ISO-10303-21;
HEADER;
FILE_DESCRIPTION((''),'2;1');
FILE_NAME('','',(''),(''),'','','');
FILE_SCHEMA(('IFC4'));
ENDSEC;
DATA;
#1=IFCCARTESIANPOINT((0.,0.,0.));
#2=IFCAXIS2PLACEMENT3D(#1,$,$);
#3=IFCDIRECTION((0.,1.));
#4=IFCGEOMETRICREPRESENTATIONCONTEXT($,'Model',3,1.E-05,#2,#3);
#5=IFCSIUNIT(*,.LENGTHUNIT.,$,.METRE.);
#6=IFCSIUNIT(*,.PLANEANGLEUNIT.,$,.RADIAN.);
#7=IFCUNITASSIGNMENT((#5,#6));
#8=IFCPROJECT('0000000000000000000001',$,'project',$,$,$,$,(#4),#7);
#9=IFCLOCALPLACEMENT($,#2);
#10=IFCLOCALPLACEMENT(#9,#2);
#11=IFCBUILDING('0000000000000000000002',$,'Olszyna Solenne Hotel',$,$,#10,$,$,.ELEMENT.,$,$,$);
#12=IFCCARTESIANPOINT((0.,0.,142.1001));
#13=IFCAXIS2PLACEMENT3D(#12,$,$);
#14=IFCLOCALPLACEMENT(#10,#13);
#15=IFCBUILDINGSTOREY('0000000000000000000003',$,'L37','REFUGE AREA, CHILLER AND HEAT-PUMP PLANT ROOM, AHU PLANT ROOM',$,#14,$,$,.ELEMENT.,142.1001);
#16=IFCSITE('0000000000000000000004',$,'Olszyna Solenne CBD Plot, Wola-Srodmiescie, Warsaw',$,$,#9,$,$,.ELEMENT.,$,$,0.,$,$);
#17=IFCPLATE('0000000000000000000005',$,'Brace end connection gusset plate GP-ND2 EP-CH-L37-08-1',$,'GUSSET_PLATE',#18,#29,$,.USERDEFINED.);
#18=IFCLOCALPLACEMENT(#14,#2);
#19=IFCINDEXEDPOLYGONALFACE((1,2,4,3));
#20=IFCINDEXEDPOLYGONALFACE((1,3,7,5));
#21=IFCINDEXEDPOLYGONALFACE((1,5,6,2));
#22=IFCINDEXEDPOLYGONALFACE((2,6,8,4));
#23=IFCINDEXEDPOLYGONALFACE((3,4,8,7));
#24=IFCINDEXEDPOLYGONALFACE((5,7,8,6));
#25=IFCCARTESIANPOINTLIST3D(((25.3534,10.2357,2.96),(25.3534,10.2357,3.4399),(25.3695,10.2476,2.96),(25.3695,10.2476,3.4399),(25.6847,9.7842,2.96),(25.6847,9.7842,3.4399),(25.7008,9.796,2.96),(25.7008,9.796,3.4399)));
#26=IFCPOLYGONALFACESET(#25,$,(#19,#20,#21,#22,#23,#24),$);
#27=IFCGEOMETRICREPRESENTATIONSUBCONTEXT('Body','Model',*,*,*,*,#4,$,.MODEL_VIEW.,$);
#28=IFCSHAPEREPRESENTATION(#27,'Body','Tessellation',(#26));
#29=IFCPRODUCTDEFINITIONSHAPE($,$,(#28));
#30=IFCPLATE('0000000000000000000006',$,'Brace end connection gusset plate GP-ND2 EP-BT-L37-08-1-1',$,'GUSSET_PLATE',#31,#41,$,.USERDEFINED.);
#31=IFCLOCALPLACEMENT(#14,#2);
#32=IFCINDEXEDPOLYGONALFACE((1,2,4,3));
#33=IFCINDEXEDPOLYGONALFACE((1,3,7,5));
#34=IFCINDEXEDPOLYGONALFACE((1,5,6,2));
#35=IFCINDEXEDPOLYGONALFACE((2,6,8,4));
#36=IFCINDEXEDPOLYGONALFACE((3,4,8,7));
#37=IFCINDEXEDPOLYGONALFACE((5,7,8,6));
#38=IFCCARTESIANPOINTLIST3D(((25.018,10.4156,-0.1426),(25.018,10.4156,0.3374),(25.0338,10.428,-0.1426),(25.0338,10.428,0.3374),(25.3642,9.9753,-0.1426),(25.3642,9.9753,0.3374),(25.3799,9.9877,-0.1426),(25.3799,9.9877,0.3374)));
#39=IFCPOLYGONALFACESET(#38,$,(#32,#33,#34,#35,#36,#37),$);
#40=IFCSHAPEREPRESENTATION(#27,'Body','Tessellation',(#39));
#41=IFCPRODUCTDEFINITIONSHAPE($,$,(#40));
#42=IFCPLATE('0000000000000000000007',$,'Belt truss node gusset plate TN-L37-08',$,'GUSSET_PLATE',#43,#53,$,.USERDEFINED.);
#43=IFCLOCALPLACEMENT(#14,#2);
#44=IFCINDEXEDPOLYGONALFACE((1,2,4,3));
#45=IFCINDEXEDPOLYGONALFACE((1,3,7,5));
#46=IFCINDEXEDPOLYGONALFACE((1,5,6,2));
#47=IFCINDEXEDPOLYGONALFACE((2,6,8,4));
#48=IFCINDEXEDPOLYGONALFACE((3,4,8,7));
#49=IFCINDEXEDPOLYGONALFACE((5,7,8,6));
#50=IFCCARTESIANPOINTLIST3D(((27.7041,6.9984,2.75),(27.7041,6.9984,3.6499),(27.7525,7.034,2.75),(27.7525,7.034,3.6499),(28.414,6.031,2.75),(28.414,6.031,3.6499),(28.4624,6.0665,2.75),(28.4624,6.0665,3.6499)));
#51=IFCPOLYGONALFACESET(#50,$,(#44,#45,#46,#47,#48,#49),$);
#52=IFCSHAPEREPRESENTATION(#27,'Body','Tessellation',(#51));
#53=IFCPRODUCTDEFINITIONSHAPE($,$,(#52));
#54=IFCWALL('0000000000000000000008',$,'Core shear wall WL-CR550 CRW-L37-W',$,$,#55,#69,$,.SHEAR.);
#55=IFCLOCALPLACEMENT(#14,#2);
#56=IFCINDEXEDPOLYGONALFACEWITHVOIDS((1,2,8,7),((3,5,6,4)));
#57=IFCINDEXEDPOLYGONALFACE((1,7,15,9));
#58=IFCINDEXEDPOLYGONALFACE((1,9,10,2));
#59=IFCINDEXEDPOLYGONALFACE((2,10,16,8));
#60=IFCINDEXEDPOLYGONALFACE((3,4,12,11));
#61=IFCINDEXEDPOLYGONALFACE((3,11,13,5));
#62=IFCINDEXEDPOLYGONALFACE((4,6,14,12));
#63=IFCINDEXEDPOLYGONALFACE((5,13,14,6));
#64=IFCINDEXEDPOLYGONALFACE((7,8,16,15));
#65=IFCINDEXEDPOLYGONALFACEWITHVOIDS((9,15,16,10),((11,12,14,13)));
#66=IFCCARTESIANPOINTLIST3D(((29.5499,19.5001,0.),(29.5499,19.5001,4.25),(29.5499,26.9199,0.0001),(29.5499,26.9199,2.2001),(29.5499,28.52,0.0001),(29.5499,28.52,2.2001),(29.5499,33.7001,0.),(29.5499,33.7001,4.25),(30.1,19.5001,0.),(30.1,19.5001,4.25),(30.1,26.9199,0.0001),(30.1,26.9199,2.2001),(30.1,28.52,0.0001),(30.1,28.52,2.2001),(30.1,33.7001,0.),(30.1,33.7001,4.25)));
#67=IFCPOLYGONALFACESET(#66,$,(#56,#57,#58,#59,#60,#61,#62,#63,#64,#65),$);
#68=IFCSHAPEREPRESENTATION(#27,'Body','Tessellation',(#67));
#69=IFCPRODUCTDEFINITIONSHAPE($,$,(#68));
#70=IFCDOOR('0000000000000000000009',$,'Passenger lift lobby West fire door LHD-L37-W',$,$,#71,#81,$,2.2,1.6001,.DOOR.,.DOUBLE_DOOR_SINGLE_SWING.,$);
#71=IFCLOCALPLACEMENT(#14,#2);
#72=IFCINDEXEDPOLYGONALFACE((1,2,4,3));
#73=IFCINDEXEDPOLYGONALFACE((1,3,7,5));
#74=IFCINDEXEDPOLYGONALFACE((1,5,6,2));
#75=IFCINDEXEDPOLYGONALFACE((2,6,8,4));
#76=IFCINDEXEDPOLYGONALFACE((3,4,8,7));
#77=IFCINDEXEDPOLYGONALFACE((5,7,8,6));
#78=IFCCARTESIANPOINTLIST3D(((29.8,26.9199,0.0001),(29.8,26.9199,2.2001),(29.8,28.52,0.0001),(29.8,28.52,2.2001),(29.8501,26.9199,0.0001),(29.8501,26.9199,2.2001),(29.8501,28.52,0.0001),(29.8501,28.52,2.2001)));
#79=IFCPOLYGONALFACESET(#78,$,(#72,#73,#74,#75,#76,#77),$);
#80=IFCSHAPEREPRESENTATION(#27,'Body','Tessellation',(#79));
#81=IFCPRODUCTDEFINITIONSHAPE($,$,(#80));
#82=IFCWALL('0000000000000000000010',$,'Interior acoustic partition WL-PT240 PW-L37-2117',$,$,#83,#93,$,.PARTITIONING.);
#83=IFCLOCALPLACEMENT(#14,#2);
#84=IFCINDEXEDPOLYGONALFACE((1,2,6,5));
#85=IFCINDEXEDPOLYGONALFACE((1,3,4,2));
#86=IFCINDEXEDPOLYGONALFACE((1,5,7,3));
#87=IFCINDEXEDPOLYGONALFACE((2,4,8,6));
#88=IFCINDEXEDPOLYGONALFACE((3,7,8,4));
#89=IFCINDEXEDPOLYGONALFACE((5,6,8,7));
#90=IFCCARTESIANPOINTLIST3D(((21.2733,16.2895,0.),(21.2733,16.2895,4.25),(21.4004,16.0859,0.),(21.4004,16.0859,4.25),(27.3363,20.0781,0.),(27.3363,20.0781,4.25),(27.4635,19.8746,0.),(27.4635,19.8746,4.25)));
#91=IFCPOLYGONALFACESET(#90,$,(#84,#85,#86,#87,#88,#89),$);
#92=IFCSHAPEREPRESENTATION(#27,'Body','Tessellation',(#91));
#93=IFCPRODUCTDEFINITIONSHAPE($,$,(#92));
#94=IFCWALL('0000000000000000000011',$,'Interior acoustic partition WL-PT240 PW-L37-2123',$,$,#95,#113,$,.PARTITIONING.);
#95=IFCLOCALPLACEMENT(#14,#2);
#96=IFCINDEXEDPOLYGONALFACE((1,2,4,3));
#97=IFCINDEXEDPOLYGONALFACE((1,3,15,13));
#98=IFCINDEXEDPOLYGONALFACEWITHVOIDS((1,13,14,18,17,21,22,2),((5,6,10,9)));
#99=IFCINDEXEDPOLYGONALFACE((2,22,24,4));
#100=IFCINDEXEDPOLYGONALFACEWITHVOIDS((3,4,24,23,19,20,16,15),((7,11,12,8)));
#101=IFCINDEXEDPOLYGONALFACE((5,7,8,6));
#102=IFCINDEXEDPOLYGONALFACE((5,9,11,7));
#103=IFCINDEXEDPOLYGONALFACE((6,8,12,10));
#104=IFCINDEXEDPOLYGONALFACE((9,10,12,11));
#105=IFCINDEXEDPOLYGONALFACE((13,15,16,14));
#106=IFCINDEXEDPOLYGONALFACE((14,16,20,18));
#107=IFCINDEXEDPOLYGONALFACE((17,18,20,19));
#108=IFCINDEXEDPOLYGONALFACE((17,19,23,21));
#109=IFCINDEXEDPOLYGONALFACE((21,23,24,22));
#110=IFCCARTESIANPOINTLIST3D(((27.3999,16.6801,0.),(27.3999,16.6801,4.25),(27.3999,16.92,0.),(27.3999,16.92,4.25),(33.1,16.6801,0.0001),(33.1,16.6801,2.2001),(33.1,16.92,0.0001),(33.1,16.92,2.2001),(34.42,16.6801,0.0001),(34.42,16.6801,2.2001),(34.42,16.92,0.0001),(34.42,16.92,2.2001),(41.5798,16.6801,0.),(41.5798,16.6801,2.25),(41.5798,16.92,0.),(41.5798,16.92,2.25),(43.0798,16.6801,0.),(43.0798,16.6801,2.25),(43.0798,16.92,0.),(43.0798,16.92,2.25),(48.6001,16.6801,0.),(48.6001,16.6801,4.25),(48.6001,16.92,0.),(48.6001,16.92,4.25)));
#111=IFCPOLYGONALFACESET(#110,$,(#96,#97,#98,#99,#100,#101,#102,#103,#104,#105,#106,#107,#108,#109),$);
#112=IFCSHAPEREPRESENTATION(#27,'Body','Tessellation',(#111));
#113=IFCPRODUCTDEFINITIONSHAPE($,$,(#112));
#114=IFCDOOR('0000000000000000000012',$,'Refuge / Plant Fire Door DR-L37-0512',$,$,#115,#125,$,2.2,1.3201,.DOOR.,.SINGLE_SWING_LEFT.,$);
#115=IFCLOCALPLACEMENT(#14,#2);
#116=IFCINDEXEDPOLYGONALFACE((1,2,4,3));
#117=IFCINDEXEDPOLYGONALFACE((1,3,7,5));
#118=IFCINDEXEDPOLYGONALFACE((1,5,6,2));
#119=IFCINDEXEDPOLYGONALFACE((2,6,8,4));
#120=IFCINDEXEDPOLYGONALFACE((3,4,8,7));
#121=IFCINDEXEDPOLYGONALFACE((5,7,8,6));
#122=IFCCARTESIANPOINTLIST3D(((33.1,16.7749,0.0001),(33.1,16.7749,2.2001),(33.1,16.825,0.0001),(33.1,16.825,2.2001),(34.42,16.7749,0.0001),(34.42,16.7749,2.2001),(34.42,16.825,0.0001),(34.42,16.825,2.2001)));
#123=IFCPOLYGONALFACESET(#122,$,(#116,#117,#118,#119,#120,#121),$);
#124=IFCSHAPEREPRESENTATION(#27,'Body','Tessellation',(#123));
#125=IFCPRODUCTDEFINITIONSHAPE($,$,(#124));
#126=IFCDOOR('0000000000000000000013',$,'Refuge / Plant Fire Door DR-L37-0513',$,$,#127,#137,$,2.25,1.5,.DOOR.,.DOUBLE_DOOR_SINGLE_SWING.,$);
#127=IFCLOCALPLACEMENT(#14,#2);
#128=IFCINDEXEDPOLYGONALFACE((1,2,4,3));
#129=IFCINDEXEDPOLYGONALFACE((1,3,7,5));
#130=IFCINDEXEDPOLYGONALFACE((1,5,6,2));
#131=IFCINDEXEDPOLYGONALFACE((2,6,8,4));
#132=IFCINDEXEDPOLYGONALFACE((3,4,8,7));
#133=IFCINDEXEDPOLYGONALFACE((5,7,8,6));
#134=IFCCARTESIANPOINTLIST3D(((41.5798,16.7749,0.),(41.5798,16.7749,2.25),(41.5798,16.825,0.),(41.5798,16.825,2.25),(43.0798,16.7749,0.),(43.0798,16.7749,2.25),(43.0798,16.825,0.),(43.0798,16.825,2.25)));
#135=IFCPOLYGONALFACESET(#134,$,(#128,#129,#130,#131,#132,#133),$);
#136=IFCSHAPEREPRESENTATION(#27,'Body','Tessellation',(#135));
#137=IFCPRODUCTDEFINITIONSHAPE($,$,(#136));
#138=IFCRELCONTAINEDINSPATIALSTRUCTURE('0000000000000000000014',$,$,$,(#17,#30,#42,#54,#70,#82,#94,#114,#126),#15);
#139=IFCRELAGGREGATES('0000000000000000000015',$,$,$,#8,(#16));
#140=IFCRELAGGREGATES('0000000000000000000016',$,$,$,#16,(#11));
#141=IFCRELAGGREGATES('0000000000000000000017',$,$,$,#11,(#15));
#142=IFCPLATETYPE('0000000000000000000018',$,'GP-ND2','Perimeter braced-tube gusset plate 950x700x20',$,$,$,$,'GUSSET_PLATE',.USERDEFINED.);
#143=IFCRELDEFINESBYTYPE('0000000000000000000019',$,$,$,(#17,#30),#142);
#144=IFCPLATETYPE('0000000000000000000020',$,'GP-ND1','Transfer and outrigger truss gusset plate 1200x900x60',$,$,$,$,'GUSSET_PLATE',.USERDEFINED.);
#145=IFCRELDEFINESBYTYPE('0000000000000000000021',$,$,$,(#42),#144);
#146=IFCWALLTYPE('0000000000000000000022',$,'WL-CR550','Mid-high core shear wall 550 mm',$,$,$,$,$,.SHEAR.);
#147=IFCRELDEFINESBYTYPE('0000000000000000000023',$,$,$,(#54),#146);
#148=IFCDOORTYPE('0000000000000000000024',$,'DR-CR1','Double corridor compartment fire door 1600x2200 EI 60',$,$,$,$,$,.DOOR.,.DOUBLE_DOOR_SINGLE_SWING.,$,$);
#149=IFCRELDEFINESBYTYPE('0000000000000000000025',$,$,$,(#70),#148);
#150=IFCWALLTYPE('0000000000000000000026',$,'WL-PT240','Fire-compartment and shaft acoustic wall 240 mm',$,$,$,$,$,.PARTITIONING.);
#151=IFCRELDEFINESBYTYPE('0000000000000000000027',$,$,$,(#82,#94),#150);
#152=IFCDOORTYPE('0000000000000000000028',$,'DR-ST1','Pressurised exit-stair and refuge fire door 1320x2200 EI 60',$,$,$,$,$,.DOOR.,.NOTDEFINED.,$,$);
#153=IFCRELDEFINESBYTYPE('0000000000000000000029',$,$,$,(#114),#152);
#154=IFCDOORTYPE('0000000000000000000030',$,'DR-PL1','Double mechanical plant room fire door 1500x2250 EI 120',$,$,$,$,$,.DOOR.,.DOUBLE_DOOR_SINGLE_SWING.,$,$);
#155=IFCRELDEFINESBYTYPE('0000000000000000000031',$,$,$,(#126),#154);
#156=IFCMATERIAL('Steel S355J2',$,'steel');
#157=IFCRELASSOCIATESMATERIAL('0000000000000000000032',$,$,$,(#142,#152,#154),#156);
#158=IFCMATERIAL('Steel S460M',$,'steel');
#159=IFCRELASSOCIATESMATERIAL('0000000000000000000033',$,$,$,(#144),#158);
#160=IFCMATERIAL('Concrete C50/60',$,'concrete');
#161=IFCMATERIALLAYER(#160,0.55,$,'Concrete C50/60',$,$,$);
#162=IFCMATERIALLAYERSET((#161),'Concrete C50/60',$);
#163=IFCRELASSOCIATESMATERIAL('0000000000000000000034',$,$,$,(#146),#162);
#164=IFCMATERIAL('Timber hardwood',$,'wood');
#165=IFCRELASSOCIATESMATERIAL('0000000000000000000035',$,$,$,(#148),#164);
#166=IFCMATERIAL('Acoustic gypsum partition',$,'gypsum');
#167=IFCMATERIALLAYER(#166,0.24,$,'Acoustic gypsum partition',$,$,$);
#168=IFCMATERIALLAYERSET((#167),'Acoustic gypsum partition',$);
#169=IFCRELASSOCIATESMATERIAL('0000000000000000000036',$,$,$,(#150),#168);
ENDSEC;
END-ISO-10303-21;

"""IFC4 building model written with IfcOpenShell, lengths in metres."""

from ifc_helpers import new_model, si_unit, direction, frame, frame_2d, origin, origin_2d, place, context, subcontext, project, spatial, rectangle, extrude, source, transform, mapped, material, layer, layer_set, type_object, type_shapes, element, fill, save


model = new_model("IFC4")

# Units and contexts
model_context = context("Model", 3, precision=1e-05, world=origin(), true_north=direction((0.0, 1.0)))
body_context = subcontext(model_context, "Body", "Model", "MODEL_VIEW")
ifc_project = project(units=[si_unit("LENGTHUNIT", "METRE"), si_unit("PLANEANGLEUNIT", "RADIAN")], contexts=[model_context])

# Site, building, storey
site_placement = place(None, origin())
site = spatial("IfcSite", under=ifc_project, at=site_placement, Name="Olszyna Solenne CBD Plot, Wola-Srodmiescie, Warsaw", CompositionType="ELEMENT", RefElevation=0.0)
building_placement = place(site_placement, origin())
building = spatial("IfcBuilding", under=site, at=building_placement, Name="Olszyna Solenne Hotel", CompositionType="ELEMENT")
storey_placement = place(building_placement, frame((0.0, 0.0, 142.1001)))
storey = spatial("IfcBuildingStorey", under=building, at=storey_placement, Name="L37", Description="REFUGE AREA, CHILLER AND HEAT-PUMP PLANT ROOM, AHU PLANT ROOM", CompositionType="ELEMENT", Elevation=142.1001)

# Shared definitions
ifc_material_1 = material(Name="Steel S460M", Category="steel")

# Shared definitions
ifc_material_2 = material(Name="Steel S355J2", Category="steel")

# Plates
plate_type_1 = type_object("IfcPlateType", Name="GP-ND2", Description="Perimeter braced-tube gusset plate 950x700x20", ElementType="GUSSET_PLATE", PredefinedType="USERDEFINED", material=ifc_material_2)
shared_shape_1 = source(origin(), body_context, "Body", "SweptSolid", [
    extrude(rectangle(XDim=0.5601, YDim=0.02, at=origin_2d()), origin(), (0.0, 0.0, 1.0), 0.48),
])
for number, where, z_axis, x_axis, name in (
    (1, (25.5271, 10.0159, 2.96), (0.0, 0.0, 1.0), (0.591591, -0.806238, 0.0), "Brace end connection gusset plate GP-ND2 EP-CH-L37-08-1"),
    (2, (25.199, 10.2017, -0.1426), (0.0, 0.0, 1.0), (0.617997, -0.786181, 0.0), "Brace end connection gusset plate GP-ND2 EP-BT-L37-08-1-1"),
):
    element("IfcPlate", number, at=place(storey_placement, frame(where, z_axis=z_axis, x_axis=x_axis)), inside=storey, type_object=plate_type_1, Name=name, ObjectType="GUSSET_PLATE", PredefinedType="USERDEFINED", context=body_context, shape_type="MappedRepresentation", body=[
        mapped(shared_shape_1, transform((0.0, 0.0, 0.0), x_axis=(1.0, 0.0, 0.0), y_axis=(0.0, 1.0, 0.0), z_axis=(0.0, 0.0, 1.0), scale=1.0)),
    ])
plate_type_2 = type_object("IfcPlateType", Name="GP-ND1", Description="Transfer and outrigger truss gusset plate 1200x900x60", ElementType="GUSSET_PLATE", PredefinedType="USERDEFINED", material=ifc_material_1)
shared_shape_2 = source(origin(), body_context, "Body", "SweptSolid", [
    extrude(rectangle(XDim=1.2, YDim=0.0601, at=origin_2d()), origin(), (0.0, 0.0, 1.0), 0.8999),
])
plate_placement = place(storey_placement, frame((28.0833, 6.5325, 2.75), z_axis=(0.0, 0.0, 1.0), x_axis=(0.591591, -0.806238, 0.0)))
element("IfcPlate", 3, at=plate_placement, inside=storey, type_object=plate_type_2, Name="Belt truss node gusset plate TN-L37-08", ObjectType="GUSSET_PLATE", PredefinedType="USERDEFINED", context=body_context, shape_type="MappedRepresentation", body=[
    mapped(shared_shape_2, transform((0.0, 0.0, 0.0), x_axis=(1.0, 0.0, 0.0), y_axis=(0.0, 1.0, 0.0), z_axis=(0.0, 0.0, 1.0), scale=1.0)),
])

# Wall, opening, door
ifc_material_3 = material(Name="Concrete C50/60", Category="concrete")
ifc_layer_1 = layer(ifc_material_3, 0.55, Name="Concrete C50/60")
ifc_layer_set_1 = layer_set([ifc_layer_1], Name="Concrete C50/60")
wall_type_1 = type_object("IfcWallType", Name="WL-CR550", Description="Mid-high core shear wall 550 mm", PredefinedType="SHEAR", material=ifc_layer_set_1)
wall_1_placement = place(storey_placement, frame((29.825, 19.5, 0.0), z_axis=(0.0, 0.0, 1.0), x_axis=(0.0, 1.0, 0.0)))
wall_1 = element("IfcWall", 4, at=wall_1_placement, inside=storey, type_object=wall_type_1, Name="Core shear wall WL-CR550 CRW-L37-W", PredefinedType="SHEAR", context=body_context, shape_type="SweptSolid", body=[
    extrude(rectangle(XDim=14.2, YDim=0.55, at=frame_2d((7.1001, 0.0))), origin(), (0.0, 0.0, 1.0), 4.25),
])
opening_1_placement = place(wall_1_placement, frame((7.4199, 0.0, 0.0)))
opening_1 = element("IfcOpeningElement", 5, at=opening_1_placement, cuts=wall_1, PredefinedType="OPENING", context=body_context, shape_type="SweptSolid", body=[
    extrude(rectangle(XDim=1.6001, YDim=2.2, at=frame_2d((0.8, 1.1001))), frame((0.0, 0.2852, 0.0), z_axis=(0.0, -1.0, 0.0), x_axis=(1.0, 0.0, 0.0)), (0.0, 0.0, 1.0), 0.5701),
])
ifc_material_4 = material(Name="Timber hardwood", Category="wood")
door_type_1 = type_object("IfcDoorType", Name="DR-CR1", Description="Double corridor compartment fire door 1600x2200 EI 60", OperationType="DOUBLE_DOOR_SINGLE_SWING", PredefinedType="DOOR", material=ifc_material_4)
shared_shape_3 = source(origin(), body_context, "Body", "SweptSolid", [
    extrude(rectangle(XDim=1.6001, YDim=2.2, at=frame_2d((0.8, 1.1001))), frame((0.0, 0.0249, 0.0), z_axis=(0.0, -1.0, 0.0), x_axis=(1.0, 0.0, 0.0)), (0.0, 0.0, 1.0), 0.05),
])
type_shapes(door_type_1, [shared_shape_3])
door_1_placement = place(opening_1_placement, origin())
door_1 = element("IfcDoor", 6, at=door_1_placement, inside=storey, type_object=door_type_1, Name="Passenger lift lobby West fire door LHD-L37-W", OperationType="DOUBLE_DOOR_SINGLE_SWING", OverallHeight=2.2, OverallWidth=1.6001, PredefinedType="DOOR", context=body_context, shape_type="MappedRepresentation", body=[
    mapped(shared_shape_3, transform((0.0, 0.0, 0.0), x_axis=(1.0, 0.0, 0.0), y_axis=(0.0, 1.0, 0.0), z_axis=(0.0, 0.0, 1.0), scale=1.0)),
])
fill(opening_1, door_1)

# Wall
ifc_material_5 = material(Name="Acoustic gypsum partition", Category="gypsum")
ifc_layer_2 = layer(ifc_material_5, 0.24, Name="Acoustic gypsum partition")
ifc_layer_set_2 = layer_set([ifc_layer_2], Name="Acoustic gypsum partition")
wall_type_2 = type_object("IfcWallType", Name="WL-PT240", Description="Fire-compartment and shaft acoustic wall 240 mm", PredefinedType="PARTITIONING", material=ifc_layer_set_2)
wall_2_placement = place(storey_placement, frame((27.3999, 19.9763, 0.0), z_axis=(0.0, 0.0, 1.0), x_axis=(-0.848048, -0.529919, 0.0)))
element("IfcWall", 7, at=wall_2_placement, inside=storey, type_object=wall_type_2, Name="Interior acoustic partition WL-PT240 PW-L37-2117", PredefinedType="PARTITIONING", context=body_context, shape_type="SweptSolid", body=[
    extrude(rectangle(XDim=7.1494, YDim=0.24, at=frame_2d((3.5747, 0.0))), origin(), (0.0, 0.0, 1.0), 4.25),
])

# Wall, openings, doors
wall_3_placement = place(storey_placement, frame((27.3999, 16.8, 0.0), z_axis=(0.0, 0.0, 1.0), x_axis=(1.0, 0.0, 0.0)))
wall_3 = element("IfcWall", 8, at=wall_3_placement, inside=storey, type_object=wall_type_2, Name="Interior acoustic partition WL-PT240 PW-L37-2123", PredefinedType="PARTITIONING", context=body_context, shape_type="SweptSolid", body=[
    extrude(rectangle(XDim=21.2002, YDim=0.24, at=frame_2d((10.6001, 0.0))), origin(), (0.0, 0.0, 1.0), 4.25),
])
opening_2_placement = place(wall_3_placement, frame((5.7, 0.0, 0.0)))
opening_2 = element("IfcOpeningElement", 9, at=opening_2_placement, cuts=wall_3, PredefinedType="OPENING", context=body_context, shape_type="SweptSolid", body=[
    extrude(rectangle(XDim=1.3201, YDim=2.2, at=frame_2d((0.6602, 1.1001))), frame((0.0, 0.1299, 0.0), z_axis=(0.0, -1.0, 0.0), x_axis=(1.0, 0.0, 0.0)), (0.0, 0.0, 1.0), 0.26),
])
opening_3_placement = place(wall_3_placement, frame((14.1799, 0.0, 0.0)))
opening_3 = element("IfcOpeningElement", 10, at=opening_3_placement, cuts=wall_3, PredefinedType="OPENING", context=body_context, shape_type="SweptSolid", body=[
    extrude(rectangle(XDim=1.5, YDim=2.25, at=frame_2d((0.75, 1.125))), frame((0.0, 0.1299, 0.0), z_axis=(0.0, -1.0, 0.0), x_axis=(1.0, 0.0, 0.0)), (0.0, 0.0, 1.0), 0.26),
])
door_type_2 = type_object("IfcDoorType", Name="DR-ST1", Description="Pressurised exit-stair and refuge fire door 1320x2200 EI 60", OperationType="NOTDEFINED", PredefinedType="DOOR", material=ifc_material_2)
shared_shape_4 = source(origin(), body_context, "Body", "SweptSolid", [
    extrude(rectangle(XDim=1.3201, YDim=2.2, at=frame_2d((0.6602, 1.1001))), frame((0.0, 0.0249, 0.0), z_axis=(0.0, -1.0, 0.0), x_axis=(1.0, 0.0, 0.0)), (0.0, 0.0, 1.0), 0.05),
])
type_shapes(door_type_2, [shared_shape_4])
door_2_placement = place(opening_2_placement, origin())
door_2 = element("IfcDoor", 11, at=door_2_placement, inside=storey, type_object=door_type_2, Name="Refuge / Plant Fire Door DR-L37-0512", OperationType="SINGLE_SWING_LEFT", OverallHeight=2.2, OverallWidth=1.3201, PredefinedType="DOOR", context=body_context, shape_type="MappedRepresentation", body=[
    mapped(shared_shape_4, transform((0.0, 0.0, 0.0), x_axis=(1.0, 0.0, 0.0), y_axis=(0.0, 1.0, 0.0), z_axis=(0.0, 0.0, 1.0), scale=1.0)),
])
fill(opening_2, door_2)
door_type_3 = type_object("IfcDoorType", Name="DR-PL1", Description="Double mechanical plant room fire door 1500x2250 EI 120", OperationType="DOUBLE_DOOR_SINGLE_SWING", PredefinedType="DOOR", material=ifc_material_2)
shared_shape_5 = source(origin(), body_context, "Body", "SweptSolid", [
    extrude(rectangle(XDim=1.5, YDim=2.25, at=frame_2d((0.75, 1.125))), frame((0.0, 0.0249, 0.0), z_axis=(0.0, -1.0, 0.0), x_axis=(1.0, 0.0, 0.0)), (0.0, 0.0, 1.0), 0.05),
])
type_shapes(door_type_3, [shared_shape_5])
door_3_placement = place(opening_3_placement, origin())
door_3 = element("IfcDoor", 12, at=door_3_placement, inside=storey, type_object=door_type_3, Name="Refuge / Plant Fire Door DR-L37-0513", OperationType="DOUBLE_DOOR_SINGLE_SWING", OverallHeight=2.25, OverallWidth=1.5, PredefinedType="DOOR", context=body_context, shape_type="MappedRepresentation", body=[
    mapped(shared_shape_5, transform((0.0, 0.0, 0.0), x_axis=(1.0, 0.0, 0.0), y_axis=(0.0, 1.0, 0.0), z_axis=(0.0, 0.0, 1.0), scale=1.0)),
])
fill(opening_3, door_3)

save(model, "model.ifc")
